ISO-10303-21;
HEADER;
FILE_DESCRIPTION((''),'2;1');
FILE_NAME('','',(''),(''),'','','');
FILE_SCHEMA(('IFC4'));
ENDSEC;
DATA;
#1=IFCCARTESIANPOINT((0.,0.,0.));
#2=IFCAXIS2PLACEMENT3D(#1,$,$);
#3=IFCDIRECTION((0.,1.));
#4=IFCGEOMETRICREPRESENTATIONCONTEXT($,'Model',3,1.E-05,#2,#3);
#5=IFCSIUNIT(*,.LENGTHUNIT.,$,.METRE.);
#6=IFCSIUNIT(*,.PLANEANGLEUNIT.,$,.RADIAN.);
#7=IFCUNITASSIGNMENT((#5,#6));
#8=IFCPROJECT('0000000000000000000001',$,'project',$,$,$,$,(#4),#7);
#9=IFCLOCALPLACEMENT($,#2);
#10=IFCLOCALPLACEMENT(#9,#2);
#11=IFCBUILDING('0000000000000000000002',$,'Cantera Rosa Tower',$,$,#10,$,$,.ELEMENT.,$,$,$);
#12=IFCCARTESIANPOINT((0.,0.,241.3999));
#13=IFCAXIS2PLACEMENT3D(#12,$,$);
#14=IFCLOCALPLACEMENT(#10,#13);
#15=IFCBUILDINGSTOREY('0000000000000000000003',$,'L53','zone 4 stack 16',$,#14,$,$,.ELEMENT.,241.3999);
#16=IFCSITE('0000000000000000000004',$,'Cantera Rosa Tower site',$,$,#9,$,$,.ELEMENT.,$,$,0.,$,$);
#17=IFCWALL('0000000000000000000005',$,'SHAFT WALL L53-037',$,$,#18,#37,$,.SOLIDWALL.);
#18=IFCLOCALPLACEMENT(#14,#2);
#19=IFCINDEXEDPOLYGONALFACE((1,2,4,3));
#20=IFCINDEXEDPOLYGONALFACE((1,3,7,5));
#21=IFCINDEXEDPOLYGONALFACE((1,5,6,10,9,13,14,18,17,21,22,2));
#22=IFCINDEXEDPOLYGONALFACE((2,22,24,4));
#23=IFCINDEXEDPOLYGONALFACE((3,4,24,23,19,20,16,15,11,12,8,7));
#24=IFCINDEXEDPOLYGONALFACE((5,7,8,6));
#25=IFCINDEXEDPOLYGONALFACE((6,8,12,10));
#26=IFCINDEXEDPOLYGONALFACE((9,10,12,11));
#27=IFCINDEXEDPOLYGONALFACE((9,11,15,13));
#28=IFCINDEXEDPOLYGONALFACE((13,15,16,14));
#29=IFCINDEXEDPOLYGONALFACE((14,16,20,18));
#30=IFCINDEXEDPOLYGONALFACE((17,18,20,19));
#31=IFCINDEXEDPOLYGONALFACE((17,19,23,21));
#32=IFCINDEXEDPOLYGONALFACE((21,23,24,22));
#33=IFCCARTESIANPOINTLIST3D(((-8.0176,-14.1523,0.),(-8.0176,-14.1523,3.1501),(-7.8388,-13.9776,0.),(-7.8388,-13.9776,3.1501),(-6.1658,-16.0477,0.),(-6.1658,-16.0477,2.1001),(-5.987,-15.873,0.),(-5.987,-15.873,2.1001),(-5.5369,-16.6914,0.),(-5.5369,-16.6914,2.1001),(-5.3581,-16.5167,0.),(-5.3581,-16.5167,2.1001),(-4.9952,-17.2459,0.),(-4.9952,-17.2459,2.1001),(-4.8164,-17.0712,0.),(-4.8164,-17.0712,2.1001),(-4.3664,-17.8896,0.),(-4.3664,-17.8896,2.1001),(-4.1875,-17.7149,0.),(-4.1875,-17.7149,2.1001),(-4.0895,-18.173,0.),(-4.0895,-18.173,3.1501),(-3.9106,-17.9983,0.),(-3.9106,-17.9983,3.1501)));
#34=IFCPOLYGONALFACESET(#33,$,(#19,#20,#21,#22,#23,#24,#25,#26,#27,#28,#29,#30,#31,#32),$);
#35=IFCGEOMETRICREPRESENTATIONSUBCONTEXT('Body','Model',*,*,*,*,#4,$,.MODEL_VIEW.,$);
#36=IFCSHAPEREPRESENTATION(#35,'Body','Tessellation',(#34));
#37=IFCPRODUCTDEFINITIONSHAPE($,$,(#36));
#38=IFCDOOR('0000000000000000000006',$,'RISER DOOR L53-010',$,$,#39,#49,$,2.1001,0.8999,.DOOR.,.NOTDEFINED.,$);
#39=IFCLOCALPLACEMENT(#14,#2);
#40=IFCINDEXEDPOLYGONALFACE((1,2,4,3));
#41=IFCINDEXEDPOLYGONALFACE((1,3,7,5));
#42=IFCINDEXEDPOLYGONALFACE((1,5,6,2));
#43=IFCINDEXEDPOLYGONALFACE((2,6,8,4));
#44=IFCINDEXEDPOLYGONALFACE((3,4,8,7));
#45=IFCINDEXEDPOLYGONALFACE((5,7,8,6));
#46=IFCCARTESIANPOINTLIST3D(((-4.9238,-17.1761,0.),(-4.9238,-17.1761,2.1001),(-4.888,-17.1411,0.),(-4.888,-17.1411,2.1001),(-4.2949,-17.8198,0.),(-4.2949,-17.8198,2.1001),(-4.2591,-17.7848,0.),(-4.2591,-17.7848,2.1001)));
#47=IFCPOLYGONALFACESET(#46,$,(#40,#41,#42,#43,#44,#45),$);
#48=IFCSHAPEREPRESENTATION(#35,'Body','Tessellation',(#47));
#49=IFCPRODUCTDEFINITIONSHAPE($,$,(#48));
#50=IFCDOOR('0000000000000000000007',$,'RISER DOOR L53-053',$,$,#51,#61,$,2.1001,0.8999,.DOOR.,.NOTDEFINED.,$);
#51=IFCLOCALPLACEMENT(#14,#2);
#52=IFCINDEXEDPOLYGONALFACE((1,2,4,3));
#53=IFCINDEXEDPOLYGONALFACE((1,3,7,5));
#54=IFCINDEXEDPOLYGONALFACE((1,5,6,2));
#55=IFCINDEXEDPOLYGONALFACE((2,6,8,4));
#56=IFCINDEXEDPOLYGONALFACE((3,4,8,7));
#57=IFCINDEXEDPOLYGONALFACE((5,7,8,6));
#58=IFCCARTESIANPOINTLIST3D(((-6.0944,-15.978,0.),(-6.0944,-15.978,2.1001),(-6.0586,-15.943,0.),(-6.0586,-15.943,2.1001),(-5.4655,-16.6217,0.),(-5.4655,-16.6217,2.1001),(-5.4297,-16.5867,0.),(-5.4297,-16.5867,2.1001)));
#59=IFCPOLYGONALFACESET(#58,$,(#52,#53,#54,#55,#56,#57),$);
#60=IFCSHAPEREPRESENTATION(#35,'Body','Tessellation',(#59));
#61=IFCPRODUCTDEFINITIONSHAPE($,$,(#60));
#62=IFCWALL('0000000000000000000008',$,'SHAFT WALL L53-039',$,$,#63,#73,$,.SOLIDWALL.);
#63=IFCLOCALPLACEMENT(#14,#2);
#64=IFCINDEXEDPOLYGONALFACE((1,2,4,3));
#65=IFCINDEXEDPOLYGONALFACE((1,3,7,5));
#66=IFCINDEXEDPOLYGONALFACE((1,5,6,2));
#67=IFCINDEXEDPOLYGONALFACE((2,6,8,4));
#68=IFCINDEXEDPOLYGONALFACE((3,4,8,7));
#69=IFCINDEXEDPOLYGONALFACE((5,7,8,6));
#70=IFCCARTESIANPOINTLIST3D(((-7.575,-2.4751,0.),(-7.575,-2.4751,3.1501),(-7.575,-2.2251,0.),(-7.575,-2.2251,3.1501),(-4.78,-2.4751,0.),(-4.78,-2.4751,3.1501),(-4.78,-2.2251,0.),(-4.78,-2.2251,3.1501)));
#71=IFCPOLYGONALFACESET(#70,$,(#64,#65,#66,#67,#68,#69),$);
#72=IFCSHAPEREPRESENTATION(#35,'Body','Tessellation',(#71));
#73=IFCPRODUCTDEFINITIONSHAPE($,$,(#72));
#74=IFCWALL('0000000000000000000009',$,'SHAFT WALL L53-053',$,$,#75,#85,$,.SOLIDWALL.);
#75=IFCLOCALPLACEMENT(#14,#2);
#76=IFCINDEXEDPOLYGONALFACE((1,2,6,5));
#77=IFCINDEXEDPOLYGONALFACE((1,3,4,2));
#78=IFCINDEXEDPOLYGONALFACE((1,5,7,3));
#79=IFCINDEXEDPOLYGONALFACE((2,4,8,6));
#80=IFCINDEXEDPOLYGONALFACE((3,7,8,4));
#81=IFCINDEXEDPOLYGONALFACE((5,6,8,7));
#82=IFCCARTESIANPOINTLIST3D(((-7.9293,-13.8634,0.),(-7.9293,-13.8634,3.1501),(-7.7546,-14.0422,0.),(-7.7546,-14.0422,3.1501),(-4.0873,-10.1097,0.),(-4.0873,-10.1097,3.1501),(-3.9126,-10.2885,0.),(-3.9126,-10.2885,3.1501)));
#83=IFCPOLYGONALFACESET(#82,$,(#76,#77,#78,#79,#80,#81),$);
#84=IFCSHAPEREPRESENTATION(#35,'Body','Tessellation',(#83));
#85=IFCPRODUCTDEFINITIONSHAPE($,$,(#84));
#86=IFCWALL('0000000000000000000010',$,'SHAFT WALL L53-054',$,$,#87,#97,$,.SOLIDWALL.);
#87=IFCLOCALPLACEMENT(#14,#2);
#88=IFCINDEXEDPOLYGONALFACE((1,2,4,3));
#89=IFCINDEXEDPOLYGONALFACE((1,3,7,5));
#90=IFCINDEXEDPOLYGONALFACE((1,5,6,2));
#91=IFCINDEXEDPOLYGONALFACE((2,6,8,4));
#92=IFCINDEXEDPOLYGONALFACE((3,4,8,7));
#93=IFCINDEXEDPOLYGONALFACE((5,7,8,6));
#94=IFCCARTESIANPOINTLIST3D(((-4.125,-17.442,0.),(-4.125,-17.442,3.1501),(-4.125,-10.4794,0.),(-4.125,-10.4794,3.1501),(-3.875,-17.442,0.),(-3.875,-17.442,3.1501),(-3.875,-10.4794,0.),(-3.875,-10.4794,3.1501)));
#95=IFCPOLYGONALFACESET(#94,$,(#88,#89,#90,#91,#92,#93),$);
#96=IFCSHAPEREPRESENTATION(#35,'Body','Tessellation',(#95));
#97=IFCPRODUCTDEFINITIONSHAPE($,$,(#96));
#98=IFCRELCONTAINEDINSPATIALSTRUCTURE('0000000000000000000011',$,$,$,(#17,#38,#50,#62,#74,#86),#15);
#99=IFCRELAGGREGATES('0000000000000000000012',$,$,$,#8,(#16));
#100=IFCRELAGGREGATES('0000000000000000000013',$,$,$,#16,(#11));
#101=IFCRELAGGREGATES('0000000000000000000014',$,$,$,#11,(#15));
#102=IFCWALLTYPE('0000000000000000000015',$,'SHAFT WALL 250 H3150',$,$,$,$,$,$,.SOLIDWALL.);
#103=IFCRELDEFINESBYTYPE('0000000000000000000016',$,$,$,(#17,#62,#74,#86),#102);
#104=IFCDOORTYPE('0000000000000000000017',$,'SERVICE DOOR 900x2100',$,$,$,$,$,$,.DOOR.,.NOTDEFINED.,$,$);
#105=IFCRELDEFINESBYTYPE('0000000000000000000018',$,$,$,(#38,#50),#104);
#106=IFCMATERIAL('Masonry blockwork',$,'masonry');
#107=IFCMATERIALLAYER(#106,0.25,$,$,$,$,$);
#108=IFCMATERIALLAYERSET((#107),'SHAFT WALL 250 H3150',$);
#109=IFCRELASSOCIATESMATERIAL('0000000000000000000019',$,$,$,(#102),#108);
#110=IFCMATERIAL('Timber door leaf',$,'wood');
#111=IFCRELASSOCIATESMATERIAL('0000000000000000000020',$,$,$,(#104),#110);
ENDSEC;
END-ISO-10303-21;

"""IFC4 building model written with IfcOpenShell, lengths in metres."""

from ifc_helpers import new_model, si_unit, direction, frame, frame_2d, origin, place, context, subcontext, project, spatial, rectangle, extrude, material, layer, layer_set, type_object, element, fill, save


model = new_model("IFC4")

# Units and contexts
model_context = context("Model", 3, precision=1e-05, world=origin(), true_north=direction((0.0, 1.0)))
body_context = subcontext(model_context, "Body", "Model", "MODEL_VIEW")
ifc_project = project(units=[si_unit("LENGTHUNIT", "METRE"), si_unit("PLANEANGLEUNIT", "RADIAN")], contexts=[model_context])

# Site, building, storey
site_placement = place(None, origin())
site = spatial("IfcSite", under=ifc_project, at=site_placement, Name="Cantera Rosa Tower site", CompositionType="ELEMENT", RefElevation=0.0)
building_placement = place(site_placement, origin())
building = spatial("IfcBuilding", under=site, at=building_placement, Name="Cantera Rosa Tower", CompositionType="ELEMENT")
storey_placement = place(building_placement, frame((0.0, 0.0, 241.3999)))
storey = spatial("IfcBuildingStorey", under=building, at=storey_placement, Name="L53", Description="zone 4 stack 16", CompositionType="ELEMENT", Elevation=241.3999)

# Wall, openings, doors
ifc_material_1 = material(Name="Masonry blockwork", Category="masonry")
ifc_layer_1 = layer(ifc_material_1, 0.25)
ifc_layer_set_1 = layer_set([ifc_layer_1], Name="SHAFT WALL 250 H3150")
wall_type_1 = type_object("IfcWallType", Name="SHAFT WALL 250 H3150", PredefinedType="SOLIDWALL", material=ifc_layer_set_1)
wall_1_placement = place(storey_placement, frame((-7.9282, -14.0649, 0.0), z_axis=(0.0, 0.0, 1.0), x_axis=(0.698828, -0.715289, 0.0)))
wall_1 = element("IfcWall", 1, at=wall_1_placement, inside=storey, type_object=wall_type_1, Name="SHAFT WALL L53-037", PredefinedType="SOLIDWALL", context=body_context, shape_type="SweptSolid", body=[
    extrude(rectangle(XDim=5.6211, YDim=0.25, at=frame_2d((2.8105, 0.0))), origin(), (0.0, 0.0, 1.0), 3.1501),
])
opening_1_placement = place(wall_1_placement, frame((4.325, 0.0, 0.0)))
opening_1 = element("IfcOpeningElement", 2, at=opening_1_placement, cuts=wall_1, PredefinedType="OPENING", context=body_context, shape_type="SweptSolid", body=[
    extrude(rectangle(XDim=0.8999, YDim=2.1001, at=frame_2d((0.45, 1.05))), frame((0.0, 0.135, 0.0), z_axis=(0.0, -1.0, 0.0), x_axis=(1.0, 0.0, 0.0)), (0.0, 0.0, 1.0), 0.27),
])
opening_2_placement = place(wall_1_placement, frame((2.6499, 0.0, 0.0)))
opening_2 = element("IfcOpeningElement", 3, at=opening_2_placement, cuts=wall_1, PredefinedType="OPENING", context=body_context, shape_type="SweptSolid", body=[
    extrude(rectangle(XDim=0.8999, YDim=2.1001, at=frame_2d((0.45, 1.05))), frame((0.0, 0.135, 0.0), z_axis=(0.0, -1.0, 0.0), x_axis=(1.0, 0.0, 0.0)), (0.0, 0.0, 1.0), 0.27),
])
ifc_material_2 = material(Name="Timber door leaf", Category="wood")
door_type = type_object("IfcDoorType", Name="SERVICE DOOR 900x2100", OperationType="NOTDEFINED", PredefinedType="DOOR", material=ifc_material_2)
door_1_placement = place(opening_1_placement, origin())
door_1 = element("IfcDoor", 4, at=door_1_placement, inside=storey, type_object=door_type, Name="RISER DOOR L53-010", OperationType="NOTDEFINED", OverallHeight=2.1001, OverallWidth=0.8999, PredefinedType="DOOR", context=body_context, shape_type="SweptSolid", body=[
    extrude(rectangle(XDim=0.8999, YDim=2.1001, at=frame_2d((0.45, 1.05))), frame((0.0, 0.0249, 0.0), z_axis=(0.0, -1.0, 0.0), x_axis=(1.0, 0.0, 0.0)), (0.0, 0.0, 1.0), 0.05),
])
fill(opening_1, door_1)
door_2_placement = place(opening_2_placement, origin())
door_2 = element("IfcDoor", 5, at=door_2_placement, inside=storey, type_object=door_type, Name="RISER DOOR L53-053", OperationType="NOTDEFINED", OverallHeight=2.1001, OverallWidth=0.8999, PredefinedType="DOOR", context=body_context, shape_type="SweptSolid", body=[
    extrude(rectangle(XDim=0.8999, YDim=2.1001, at=frame_2d((0.45, 1.05))), frame((0.0, 0.0249, 0.0), z_axis=(0.0, -1.0, 0.0), x_axis=(1.0, 0.0, 0.0)), (0.0, 0.0, 1.0), 0.05),
])
fill(opening_2, door_2)

# Walls
wall_2_placement = place(storey_placement, frame((-7.575, -2.3501, 0.0), z_axis=(0.0, 0.0, 1.0), x_axis=(1.0, 0.0, 0.0)))
element("IfcWall", 6, at=wall_2_placement, inside=storey, type_object=wall_type_1, Name="SHAFT WALL L53-039", PredefinedType="SOLIDWALL", context=body_context, shape_type="SweptSolid", body=[
    extrude(rectangle(XDim=2.7949, YDim=0.25, at=frame_2d((1.3975, 0.0))), origin(), (0.0, 0.0, 1.0), 3.1501),
])
wall_3_placement = place(storey_placement, frame((-4.0, -10.1992, 0.0), z_axis=(0.0, 0.0, 1.0), x_axis=(-0.715286, -0.698832, 0.0)))
element("IfcWall", 7, at=wall_3_placement, inside=storey, type_object=wall_type_1, Name="SHAFT WALL L53-053", PredefinedType="SOLIDWALL", context=body_context, shape_type="SweptSolid", body=[
    extrude(rectangle(XDim=5.3713, YDim=0.25, at=frame_2d((2.6855, 0.0))), origin(), (0.0, 0.0, 1.0), 3.1501),
])
wall_4_placement = place(storey_placement, frame((-4.0, -10.4792, 0.0), z_axis=(0.0, 0.0, 1.0), x_axis=(0.0, -1.0, 0.0)))
element("IfcWall", 8, at=wall_4_placement, inside=storey, type_object=wall_type_1, Name="SHAFT WALL L53-054", PredefinedType="SOLIDWALL", context=body_context, shape_type="SweptSolid", body=[
    extrude(rectangle(XDim=6.9626, YDim=0.25, at=frame_2d((3.4814, 0.0))), origin(), (0.0, 0.0, 1.0), 3.1501),
])

save(model, "model.ifc")
